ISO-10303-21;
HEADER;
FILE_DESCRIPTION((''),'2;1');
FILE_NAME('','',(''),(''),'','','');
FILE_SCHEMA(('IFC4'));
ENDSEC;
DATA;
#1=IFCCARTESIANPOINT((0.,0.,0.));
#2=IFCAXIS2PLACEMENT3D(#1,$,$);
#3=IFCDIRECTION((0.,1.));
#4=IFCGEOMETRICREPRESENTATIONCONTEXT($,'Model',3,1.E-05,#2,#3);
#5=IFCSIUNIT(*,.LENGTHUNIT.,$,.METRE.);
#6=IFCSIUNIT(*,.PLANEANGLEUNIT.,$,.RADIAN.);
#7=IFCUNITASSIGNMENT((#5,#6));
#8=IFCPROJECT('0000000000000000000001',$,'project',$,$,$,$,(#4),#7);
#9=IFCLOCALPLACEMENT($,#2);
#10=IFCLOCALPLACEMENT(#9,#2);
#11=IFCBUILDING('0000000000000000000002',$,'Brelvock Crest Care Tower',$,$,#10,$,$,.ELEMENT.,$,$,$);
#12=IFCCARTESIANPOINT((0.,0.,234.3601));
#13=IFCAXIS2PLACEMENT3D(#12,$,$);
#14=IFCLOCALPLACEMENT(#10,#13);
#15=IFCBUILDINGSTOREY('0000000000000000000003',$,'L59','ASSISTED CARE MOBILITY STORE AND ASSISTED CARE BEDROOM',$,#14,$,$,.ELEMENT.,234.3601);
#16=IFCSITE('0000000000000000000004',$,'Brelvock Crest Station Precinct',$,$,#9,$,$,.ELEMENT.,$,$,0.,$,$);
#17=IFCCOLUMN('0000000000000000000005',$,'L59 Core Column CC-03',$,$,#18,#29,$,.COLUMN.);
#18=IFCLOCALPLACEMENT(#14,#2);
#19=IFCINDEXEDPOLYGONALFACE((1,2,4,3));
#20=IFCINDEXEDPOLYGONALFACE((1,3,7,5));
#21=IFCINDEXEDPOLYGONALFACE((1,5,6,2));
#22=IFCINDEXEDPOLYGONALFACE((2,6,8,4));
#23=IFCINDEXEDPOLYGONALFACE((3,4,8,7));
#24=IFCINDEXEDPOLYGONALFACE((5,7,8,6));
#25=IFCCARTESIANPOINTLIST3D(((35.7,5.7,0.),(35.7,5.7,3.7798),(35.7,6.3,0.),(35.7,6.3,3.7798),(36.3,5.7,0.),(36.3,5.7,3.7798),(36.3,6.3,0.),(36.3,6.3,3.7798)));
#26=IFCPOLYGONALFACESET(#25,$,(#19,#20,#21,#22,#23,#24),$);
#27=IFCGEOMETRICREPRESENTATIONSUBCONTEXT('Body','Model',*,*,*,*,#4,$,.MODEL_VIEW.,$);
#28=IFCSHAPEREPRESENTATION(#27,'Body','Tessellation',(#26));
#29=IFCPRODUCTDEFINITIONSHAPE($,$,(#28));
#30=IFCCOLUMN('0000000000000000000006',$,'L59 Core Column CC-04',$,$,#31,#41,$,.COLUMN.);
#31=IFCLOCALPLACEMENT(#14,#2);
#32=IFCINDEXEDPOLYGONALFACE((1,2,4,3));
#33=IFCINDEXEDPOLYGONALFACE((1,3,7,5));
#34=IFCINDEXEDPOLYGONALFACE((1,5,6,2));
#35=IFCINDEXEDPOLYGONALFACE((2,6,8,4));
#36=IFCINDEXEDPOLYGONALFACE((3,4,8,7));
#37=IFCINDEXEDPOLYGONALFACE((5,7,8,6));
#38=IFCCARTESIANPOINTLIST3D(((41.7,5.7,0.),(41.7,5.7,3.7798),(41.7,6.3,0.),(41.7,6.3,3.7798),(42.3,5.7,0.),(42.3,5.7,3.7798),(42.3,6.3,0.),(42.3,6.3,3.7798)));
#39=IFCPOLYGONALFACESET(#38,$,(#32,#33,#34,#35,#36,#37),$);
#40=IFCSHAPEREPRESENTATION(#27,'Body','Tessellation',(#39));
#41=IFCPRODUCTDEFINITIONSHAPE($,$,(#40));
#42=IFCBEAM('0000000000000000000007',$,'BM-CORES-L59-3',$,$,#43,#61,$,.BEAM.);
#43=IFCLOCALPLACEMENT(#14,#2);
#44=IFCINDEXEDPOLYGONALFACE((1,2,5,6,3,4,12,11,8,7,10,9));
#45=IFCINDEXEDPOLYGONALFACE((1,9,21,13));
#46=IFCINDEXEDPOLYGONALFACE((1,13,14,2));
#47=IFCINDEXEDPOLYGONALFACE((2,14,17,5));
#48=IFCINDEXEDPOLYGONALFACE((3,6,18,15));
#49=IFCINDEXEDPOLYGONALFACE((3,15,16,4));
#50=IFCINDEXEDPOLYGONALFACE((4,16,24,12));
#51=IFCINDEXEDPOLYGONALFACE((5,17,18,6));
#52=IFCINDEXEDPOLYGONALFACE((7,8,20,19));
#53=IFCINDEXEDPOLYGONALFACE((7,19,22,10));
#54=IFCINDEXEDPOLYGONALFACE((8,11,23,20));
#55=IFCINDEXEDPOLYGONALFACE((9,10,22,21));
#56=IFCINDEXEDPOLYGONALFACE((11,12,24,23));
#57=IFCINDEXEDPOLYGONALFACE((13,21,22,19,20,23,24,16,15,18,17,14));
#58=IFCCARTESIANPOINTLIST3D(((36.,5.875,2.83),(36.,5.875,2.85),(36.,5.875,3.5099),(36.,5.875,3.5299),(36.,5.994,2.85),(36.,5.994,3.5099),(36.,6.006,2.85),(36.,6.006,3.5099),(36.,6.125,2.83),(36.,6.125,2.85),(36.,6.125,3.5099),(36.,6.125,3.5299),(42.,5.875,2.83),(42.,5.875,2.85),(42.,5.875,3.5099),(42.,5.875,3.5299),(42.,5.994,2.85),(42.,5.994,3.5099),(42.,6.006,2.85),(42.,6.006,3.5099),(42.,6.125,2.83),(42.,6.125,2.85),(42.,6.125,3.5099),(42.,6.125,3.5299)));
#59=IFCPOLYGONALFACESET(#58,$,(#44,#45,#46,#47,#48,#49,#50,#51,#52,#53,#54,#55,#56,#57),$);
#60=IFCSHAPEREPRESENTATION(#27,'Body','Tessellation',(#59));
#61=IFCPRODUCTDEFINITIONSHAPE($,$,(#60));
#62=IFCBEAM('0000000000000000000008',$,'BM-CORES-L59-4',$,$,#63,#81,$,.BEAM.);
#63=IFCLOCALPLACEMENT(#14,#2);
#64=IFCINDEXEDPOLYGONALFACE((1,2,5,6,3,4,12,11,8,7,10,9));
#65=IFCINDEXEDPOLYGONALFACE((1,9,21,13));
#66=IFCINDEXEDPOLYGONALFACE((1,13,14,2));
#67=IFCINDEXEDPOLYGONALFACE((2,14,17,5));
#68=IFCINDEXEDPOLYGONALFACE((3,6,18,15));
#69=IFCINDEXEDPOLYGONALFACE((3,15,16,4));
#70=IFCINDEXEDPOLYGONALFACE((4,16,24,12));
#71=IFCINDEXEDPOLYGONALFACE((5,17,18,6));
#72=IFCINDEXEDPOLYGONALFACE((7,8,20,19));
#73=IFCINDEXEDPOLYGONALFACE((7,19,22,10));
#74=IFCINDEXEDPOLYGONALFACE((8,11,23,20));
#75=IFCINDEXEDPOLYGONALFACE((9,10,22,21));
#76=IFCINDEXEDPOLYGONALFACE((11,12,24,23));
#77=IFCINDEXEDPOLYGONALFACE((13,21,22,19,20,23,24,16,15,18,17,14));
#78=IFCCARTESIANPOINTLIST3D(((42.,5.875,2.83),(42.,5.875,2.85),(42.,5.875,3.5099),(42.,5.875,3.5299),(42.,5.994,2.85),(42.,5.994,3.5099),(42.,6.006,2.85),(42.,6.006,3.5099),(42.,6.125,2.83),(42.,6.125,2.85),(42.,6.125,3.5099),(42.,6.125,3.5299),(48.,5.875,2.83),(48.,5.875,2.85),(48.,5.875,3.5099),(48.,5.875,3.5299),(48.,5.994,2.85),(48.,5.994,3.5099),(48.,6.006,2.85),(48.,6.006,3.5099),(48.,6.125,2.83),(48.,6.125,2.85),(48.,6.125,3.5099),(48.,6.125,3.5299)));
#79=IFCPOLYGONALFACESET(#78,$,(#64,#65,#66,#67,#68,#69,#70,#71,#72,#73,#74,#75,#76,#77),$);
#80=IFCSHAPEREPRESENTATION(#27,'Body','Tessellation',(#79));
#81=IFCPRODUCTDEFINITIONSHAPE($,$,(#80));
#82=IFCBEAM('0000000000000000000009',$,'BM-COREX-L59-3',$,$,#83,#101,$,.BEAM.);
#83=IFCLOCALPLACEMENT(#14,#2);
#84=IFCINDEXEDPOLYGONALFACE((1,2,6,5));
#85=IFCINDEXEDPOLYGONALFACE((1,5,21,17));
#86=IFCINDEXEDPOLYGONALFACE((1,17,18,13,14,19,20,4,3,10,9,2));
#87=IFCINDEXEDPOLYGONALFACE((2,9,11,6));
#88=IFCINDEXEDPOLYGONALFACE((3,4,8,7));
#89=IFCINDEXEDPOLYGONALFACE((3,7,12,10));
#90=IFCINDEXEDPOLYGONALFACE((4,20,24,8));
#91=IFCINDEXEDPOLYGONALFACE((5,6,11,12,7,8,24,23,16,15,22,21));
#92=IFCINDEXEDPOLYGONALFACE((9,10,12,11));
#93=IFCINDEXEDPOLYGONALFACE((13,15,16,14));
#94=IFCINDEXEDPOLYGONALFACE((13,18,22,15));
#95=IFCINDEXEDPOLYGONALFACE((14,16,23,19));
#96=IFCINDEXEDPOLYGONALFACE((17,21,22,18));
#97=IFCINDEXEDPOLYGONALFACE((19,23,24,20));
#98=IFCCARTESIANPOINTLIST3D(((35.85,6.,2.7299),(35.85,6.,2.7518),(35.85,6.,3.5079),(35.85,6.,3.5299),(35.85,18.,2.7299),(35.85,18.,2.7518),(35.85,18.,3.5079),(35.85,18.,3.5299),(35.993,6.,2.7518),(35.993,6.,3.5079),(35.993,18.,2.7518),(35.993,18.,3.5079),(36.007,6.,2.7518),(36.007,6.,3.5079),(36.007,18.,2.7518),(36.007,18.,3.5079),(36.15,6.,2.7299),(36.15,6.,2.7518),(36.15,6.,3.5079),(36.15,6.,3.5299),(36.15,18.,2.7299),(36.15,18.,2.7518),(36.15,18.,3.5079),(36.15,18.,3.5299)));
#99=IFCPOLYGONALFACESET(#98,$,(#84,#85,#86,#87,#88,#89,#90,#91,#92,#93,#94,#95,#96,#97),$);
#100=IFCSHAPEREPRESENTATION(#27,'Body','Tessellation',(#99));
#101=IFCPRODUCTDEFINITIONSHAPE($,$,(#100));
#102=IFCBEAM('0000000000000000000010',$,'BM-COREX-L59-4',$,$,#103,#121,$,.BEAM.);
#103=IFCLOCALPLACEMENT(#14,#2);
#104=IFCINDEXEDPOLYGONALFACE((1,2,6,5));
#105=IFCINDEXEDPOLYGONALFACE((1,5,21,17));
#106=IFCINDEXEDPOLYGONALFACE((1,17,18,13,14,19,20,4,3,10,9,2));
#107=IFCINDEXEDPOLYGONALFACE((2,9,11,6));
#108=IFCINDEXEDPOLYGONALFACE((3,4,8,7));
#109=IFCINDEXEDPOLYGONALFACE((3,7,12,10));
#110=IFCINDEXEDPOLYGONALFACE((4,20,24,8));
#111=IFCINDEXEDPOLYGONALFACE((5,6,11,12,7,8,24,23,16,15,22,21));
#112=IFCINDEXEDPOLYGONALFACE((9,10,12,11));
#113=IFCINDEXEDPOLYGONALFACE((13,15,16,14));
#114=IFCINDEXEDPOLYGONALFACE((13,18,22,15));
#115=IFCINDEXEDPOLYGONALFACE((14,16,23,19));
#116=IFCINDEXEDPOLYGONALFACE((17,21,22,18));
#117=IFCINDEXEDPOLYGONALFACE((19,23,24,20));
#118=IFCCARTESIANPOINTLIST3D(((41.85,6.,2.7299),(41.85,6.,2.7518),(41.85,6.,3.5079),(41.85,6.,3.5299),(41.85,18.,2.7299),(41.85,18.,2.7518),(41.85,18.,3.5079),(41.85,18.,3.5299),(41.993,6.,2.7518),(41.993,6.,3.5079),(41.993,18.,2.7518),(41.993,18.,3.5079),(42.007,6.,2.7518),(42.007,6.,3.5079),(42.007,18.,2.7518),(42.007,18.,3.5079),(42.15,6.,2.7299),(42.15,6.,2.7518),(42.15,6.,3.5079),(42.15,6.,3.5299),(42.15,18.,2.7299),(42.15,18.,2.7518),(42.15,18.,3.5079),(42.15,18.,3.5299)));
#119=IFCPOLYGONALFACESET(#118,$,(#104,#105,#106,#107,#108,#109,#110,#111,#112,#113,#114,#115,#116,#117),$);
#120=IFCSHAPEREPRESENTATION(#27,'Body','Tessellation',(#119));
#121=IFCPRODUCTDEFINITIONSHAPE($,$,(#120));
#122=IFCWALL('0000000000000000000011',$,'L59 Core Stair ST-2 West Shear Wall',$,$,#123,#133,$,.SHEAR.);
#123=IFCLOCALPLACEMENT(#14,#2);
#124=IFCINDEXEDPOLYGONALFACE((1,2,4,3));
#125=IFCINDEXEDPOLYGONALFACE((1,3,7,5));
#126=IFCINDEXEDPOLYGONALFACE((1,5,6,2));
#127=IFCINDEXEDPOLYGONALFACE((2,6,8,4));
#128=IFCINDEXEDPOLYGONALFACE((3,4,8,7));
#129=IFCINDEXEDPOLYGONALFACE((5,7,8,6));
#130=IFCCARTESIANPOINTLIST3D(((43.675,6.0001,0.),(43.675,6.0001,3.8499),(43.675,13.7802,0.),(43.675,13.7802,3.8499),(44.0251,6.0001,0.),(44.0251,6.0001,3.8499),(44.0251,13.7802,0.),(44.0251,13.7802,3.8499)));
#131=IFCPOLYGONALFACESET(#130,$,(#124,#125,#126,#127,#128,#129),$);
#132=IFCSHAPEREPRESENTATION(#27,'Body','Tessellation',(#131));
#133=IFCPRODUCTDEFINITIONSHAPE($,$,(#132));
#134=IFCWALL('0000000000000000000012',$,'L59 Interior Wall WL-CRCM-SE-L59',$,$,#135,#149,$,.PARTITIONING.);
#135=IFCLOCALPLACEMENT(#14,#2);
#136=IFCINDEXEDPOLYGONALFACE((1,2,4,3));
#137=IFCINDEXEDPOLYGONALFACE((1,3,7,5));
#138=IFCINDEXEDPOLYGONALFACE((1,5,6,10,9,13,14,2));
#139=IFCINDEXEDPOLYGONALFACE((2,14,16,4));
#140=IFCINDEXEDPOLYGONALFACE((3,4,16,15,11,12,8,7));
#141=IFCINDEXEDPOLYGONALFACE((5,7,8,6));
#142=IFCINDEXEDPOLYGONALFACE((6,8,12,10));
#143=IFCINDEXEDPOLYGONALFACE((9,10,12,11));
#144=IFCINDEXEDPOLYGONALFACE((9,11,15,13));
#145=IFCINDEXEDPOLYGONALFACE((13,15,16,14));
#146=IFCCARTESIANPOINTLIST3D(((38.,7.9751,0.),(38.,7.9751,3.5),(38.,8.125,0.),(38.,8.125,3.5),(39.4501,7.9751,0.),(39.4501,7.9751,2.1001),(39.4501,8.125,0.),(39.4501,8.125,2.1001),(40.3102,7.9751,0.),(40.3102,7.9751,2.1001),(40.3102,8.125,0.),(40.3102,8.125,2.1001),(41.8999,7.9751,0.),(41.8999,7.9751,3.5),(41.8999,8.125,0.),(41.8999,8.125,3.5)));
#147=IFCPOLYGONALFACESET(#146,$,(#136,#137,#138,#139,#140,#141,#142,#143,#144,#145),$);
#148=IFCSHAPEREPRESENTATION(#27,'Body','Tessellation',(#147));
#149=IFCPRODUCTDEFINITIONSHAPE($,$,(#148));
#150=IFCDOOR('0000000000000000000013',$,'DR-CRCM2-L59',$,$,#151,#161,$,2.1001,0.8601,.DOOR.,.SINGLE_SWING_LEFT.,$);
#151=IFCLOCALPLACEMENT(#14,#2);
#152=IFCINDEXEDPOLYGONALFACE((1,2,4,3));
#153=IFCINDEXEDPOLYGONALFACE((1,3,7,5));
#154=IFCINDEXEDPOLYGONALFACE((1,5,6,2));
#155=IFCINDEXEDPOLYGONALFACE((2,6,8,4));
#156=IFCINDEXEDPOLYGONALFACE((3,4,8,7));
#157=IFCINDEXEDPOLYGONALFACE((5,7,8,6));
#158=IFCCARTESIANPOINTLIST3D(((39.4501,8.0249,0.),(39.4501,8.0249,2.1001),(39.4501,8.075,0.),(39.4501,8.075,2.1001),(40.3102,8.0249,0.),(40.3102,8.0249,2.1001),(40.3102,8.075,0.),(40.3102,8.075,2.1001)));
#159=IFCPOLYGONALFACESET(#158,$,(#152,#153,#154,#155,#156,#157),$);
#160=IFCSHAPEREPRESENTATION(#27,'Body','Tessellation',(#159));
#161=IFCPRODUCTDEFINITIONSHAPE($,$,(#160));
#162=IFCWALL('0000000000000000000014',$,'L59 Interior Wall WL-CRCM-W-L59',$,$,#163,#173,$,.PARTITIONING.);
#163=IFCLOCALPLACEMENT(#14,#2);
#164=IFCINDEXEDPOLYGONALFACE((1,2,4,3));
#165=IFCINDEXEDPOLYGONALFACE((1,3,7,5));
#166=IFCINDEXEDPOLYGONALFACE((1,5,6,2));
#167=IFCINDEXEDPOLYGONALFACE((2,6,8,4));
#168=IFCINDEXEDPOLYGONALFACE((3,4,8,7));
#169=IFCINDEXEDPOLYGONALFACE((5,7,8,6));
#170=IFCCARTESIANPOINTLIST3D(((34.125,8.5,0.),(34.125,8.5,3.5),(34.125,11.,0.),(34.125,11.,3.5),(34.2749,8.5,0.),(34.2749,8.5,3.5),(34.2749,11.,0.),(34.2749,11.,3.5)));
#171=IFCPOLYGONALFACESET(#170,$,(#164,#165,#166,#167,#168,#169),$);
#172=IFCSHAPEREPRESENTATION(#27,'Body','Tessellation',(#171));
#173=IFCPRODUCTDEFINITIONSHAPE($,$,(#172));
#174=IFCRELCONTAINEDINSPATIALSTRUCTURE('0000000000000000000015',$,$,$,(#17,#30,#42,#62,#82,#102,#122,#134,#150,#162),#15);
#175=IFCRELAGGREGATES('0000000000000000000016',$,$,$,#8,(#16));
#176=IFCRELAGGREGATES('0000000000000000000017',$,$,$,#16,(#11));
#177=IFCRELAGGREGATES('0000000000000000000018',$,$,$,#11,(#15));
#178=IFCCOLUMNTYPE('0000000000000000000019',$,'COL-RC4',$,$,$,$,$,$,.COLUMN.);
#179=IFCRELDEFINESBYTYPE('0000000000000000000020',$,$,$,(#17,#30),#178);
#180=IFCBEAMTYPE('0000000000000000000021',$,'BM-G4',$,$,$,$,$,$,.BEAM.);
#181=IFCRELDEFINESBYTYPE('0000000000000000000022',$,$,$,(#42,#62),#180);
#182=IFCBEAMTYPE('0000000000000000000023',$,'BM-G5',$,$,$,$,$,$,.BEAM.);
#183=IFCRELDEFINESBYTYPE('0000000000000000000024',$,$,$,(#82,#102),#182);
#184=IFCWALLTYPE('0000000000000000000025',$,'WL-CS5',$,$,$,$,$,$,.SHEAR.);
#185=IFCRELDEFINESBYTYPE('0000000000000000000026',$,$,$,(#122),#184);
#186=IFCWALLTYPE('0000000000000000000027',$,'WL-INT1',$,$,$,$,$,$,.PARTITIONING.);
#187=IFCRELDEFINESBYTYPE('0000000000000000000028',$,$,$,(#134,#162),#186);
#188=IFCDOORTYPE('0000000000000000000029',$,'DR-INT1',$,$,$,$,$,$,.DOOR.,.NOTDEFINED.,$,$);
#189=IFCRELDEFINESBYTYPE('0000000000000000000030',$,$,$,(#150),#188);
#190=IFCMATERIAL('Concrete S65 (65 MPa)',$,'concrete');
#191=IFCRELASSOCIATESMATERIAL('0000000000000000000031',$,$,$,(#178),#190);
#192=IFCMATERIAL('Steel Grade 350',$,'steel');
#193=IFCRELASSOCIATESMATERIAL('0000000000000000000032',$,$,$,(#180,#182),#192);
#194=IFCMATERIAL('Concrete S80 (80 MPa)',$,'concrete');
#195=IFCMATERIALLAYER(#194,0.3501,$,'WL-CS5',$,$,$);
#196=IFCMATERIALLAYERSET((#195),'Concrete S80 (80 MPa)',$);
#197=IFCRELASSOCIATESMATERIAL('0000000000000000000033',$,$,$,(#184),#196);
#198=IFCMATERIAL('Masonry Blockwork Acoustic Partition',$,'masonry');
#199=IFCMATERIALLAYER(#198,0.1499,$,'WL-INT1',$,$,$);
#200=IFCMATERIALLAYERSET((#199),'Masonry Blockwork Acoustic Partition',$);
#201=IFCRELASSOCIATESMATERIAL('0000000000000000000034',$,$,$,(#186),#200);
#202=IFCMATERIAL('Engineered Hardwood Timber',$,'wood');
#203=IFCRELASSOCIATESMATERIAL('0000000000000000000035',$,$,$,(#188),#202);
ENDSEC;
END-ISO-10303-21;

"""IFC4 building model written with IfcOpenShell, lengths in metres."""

from ifc_helpers import new_model, si_unit, direction, frame, frame_2d, origin, origin_2d, place, context, subcontext, project, spatial, rectangle, i_section, extrude, source, transform, mapped, material, layer, layer_set, material_profile, profile_set, type_object, element, fill, save


model = new_model("IFC4")

# Units and contexts
model_context = context("Model", 3, precision=1e-05, world=origin(), true_north=direction((0.0, 1.0)))
body_context = subcontext(model_context, "Body", "Model", "MODEL_VIEW")
ifc_project = project(units=[si_unit("LENGTHUNIT", "METRE"), si_unit("PLANEANGLEUNIT", "RADIAN")], contexts=[model_context])

# Site, building, storey
site_placement = place(None, origin())
site = spatial("IfcSite", under=ifc_project, at=site_placement, Name="Brelvock Crest Station Precinct", CompositionType="ELEMENT", RefElevation=0.0)
building_placement = place(site_placement, origin())
building = spatial("IfcBuilding", under=site, at=building_placement, Name="Brelvock Crest Care Tower", CompositionType="ELEMENT")
storey_placement = place(building_placement, frame((0.0, 0.0, 234.3601)))
storey = spatial("IfcBuildingStorey", under=building, at=storey_placement, Name="L59", Description="ASSISTED CARE MOBILITY STORE AND ASSISTED CARE BEDROOM", CompositionType="ELEMENT", Elevation=234.3601)

# Columns
ifc_material_1 = material(Name="Concrete S65 (65 MPa)", Category="concrete")
ifc_material_profile_1 = material_profile(ifc_material_1, rectangle(XDim=0.6001, YDim=0.6001, at=origin_2d()), Name="RC600x600")
ifc_profile_set_1 = profile_set([ifc_material_profile_1], Name="Concrete S65 (65 MPa)")
column_type = type_object("IfcColumnType", Name="COL-RC4", PredefinedType="COLUMN", material=ifc_profile_set_1)
shared_shape_1 = source(origin(), body_context, "Body", "SweptSolid", [
    extrude(rectangle(XDim=0.6001, YDim=0.6001, at=origin_2d()), origin(), (0.0, 0.0, 1.0), 3.7798),
])
for number, where, z_axis, x_axis, name in (
    (1, (36.0, 6.0, 0.0), (0.0, 0.0, 1.0), (1.0, 0.0, 0.0), "L59 Core Column CC-03"),
    (2, (42.0, 6.0, 0.0), (0.0, 0.0, 1.0), (1.0, 0.0, 0.0), "L59 Core Column CC-04"),
):
    element("IfcColumn", number, at=place(storey_placement, frame(where, z_axis=z_axis, x_axis=x_axis)), inside=storey, type_object=column_type, Name=name, PredefinedType="COLUMN", context=body_context, shape_type="MappedRepresentation", body=[
        mapped(shared_shape_1, transform((0.0, 0.0, 0.0), x_axis=(1.0, 0.0, 0.0), y_axis=(0.0, 1.0, 0.0), z_axis=(0.0, 0.0, 1.0), scale=1.0)),
    ])

# Beams
ifc_material_2 = material(Name="Steel Grade 350", Category="steel")
ifc_material_profile_2 = material_profile(ifc_material_2, i_section(OverallWidth=0.25, OverallDepth=0.7, WebThickness=0.012, FlangeThickness=0.02, at=origin_2d()), Name="700WB150")
ifc_profile_set_2 = profile_set([ifc_material_profile_2], Name="Steel Grade 350")
beam_type_1 = type_object("IfcBeamType", Name="BM-G4", PredefinedType="BEAM", material=ifc_profile_set_2)
shared_shape_2 = source(origin(), body_context, "Body", "SweptSolid", [
    extrude(i_section(OverallWidth=0.25, OverallDepth=0.7, WebThickness=0.012, FlangeThickness=0.02, at=origin_2d()), origin(), (0.0, 0.0, 1.0), 6.0),
])
for number, where, z_axis, x_axis, name in (
    (3, (36.0, 6.0, 3.1799), (1.0, 0.0, 0.0), (0.0, 1.0, 0.0), "BM-CORES-L59-3"),
    (4, (42.0, 6.0, 3.1799), (1.0, 0.0, 0.0), (0.0, 1.0, 0.0), "BM-CORES-L59-4"),
):
    element("IfcBeam", number, at=place(storey_placement, frame(where, z_axis=z_axis, x_axis=x_axis)), inside=storey, type_object=beam_type_1, Name=name, PredefinedType="BEAM", context=body_context, shape_type="MappedRepresentation", body=[
        mapped(shared_shape_2, transform((0.0, 0.0, 0.0), x_axis=(1.0, 0.0, 0.0), y_axis=(0.0, 1.0, 0.0), z_axis=(0.0, 0.0, 1.0), scale=1.0)),
    ])
ifc_material_profile_3 = material_profile(ifc_material_2, i_section(OverallWidth=0.3, OverallDepth=0.8, WebThickness=0.0139, FlangeThickness=0.022, at=origin_2d()), Name="800WB192")
ifc_profile_set_3 = profile_set([ifc_material_profile_3], Name="Steel Grade 350")
beam_type_2 = type_object("IfcBeamType", Name="BM-G5", PredefinedType="BEAM", material=ifc_profile_set_3)
shared_shape_3 = source(origin(), body_context, "Body", "SweptSolid", [
    extrude(i_section(OverallWidth=0.3, OverallDepth=0.8, WebThickness=0.0139, FlangeThickness=0.022, at=origin_2d()), origin(), (0.0, 0.0, 1.0), 12.0),
])
for number, where, z_axis, x_axis, name in (
    (5, (36.0, 6.0, 3.1299), (0.0, 1.0, 0.0), (-1.0, 0.0, 0.0), "BM-COREX-L59-3"),
    (6, (42.0, 6.0, 3.1299), (0.0, 1.0, 0.0), (-1.0, 0.0, 0.0), "BM-COREX-L59-4"),
):
    element("IfcBeam", number, at=place(storey_placement, frame(where, z_axis=z_axis, x_axis=x_axis)), inside=storey, type_object=beam_type_2, Name=name, PredefinedType="BEAM", context=body_context, shape_type="MappedRepresentation", body=[
        mapped(shared_shape_3, transform((0.0, 0.0, 0.0), x_axis=(1.0, 0.0, 0.0), y_axis=(0.0, 1.0, 0.0), z_axis=(0.0, 0.0, 1.0), scale=1.0)),
    ])

# Wall
ifc_material_3 = material(Name="Concrete S80 (80 MPa)", Category="concrete")
ifc_layer_1 = layer(ifc_material_3, 0.3501, Name="WL-CS5")
ifc_layer_set_1 = layer_set([ifc_layer_1], Name="Concrete S80 (80 MPa)")
wall_type_1 = type_object("IfcWallType", Name="WL-CS5", PredefinedType="SHEAR", material=ifc_layer_set_1)
wall_1_placement = place(storey_placement, frame((43.8501, 6.0, 0.0), z_axis=(0.0, 0.0, 1.0), x_axis=(0.0, 1.0, 0.0)))
element("IfcWall", 7, at=wall_1_placement, inside=storey, type_object=wall_type_1, Name="L59 Core Stair ST-2 West Shear Wall", PredefinedType="SHEAR", context=body_context, shape_type="SweptSolid", body=[
    extrude(rectangle(XDim=7.78, YDim=0.3501, at=frame_2d((3.8901, 0.0))), origin(), (0.0, 0.0, 1.0), 3.8499),
])

# Wall, opening, door
ifc_material_4 = material(Name="Masonry Blockwork Acoustic Partition", Category="masonry")
ifc_layer_2 = layer(ifc_material_4, 0.1499, Name="WL-INT1")
ifc_layer_set_2 = layer_set([ifc_layer_2], Name="Masonry Blockwork Acoustic Partition")
wall_type_2 = type_object("IfcWallType", Name="WL-INT1", PredefinedType="PARTITIONING", material=ifc_layer_set_2)
wall_2_placement = place(storey_placement, frame((38.0, 8.05, 0.0), z_axis=(0.0, 0.0, 1.0), x_axis=(1.0, 0.0, 0.0)))
wall_2 = element("IfcWall", 8, at=wall_2_placement, inside=storey, type_object=wall_type_2, Name="L59 Interior Wall WL-CRCM-SE-L59", PredefinedType="PARTITIONING", context=body_context, shape_type="SweptSolid", body=[
    extrude(rectangle(XDim=3.8999, YDim=0.1499, at=frame_2d((1.95, 0.0))), origin(), (0.0, 0.0, 1.0), 3.5),
])
opening_1_placement = place(wall_2_placement, frame((1.45, 0.0, 0.0)))
opening_1 = element("IfcOpeningElement", 9, at=opening_1_placement, cuts=wall_2, PredefinedType="OPENING", context=body_context, shape_type="SweptSolid", body=[
    extrude(rectangle(XDim=0.8601, YDim=2.1001, at=origin_2d()), frame((0.4302, 0.085, 1.05), z_axis=(0.0, -1.0, 0.0), x_axis=(1.0, 0.0, 0.0)), (0.0, 0.0, 1.0), 0.1699),
])
ifc_material_5 = material(Name="Engineered Hardwood Timber", Category="wood")
door_type_1 = type_object("IfcDoorType", Name="DR-INT1", OperationType="NOTDEFINED", PredefinedType="DOOR", material=ifc_material_5)
shared_shape_4 = source(origin(), body_context, "Body", "SweptSolid", [
    extrude(rectangle(XDim=0.8601, YDim=2.1001, at=origin_2d()), frame((0.4302, 0.0249, 1.05), z_axis=(0.0, -1.0, 0.0), x_axis=(1.0, 0.0, 0.0)), (0.0, 0.0, 1.0), 0.05),
])
door_1_placement = place(opening_1_placement, origin())
door_1 = element("IfcDoor", 10, at=door_1_placement, inside=storey, type_object=door_type_1, Name="DR-CRCM2-L59", OperationType="SINGLE_SWING_LEFT", OverallHeight=2.1001, OverallWidth=0.8601, PredefinedType="DOOR", context=body_context, shape_type="MappedRepresentation", body=[
    mapped(shared_shape_4, transform((0.0, 0.0, 0.0), x_axis=(1.0, 0.0, 0.0), y_axis=(0.0, 1.0, 0.0), z_axis=(0.0, 0.0, 1.0), scale=1.0)),
])
fill(opening_1, door_1)

# Wall
wall_3_placement = place(storey_placement, frame((34.2, 8.5, 0.0), z_axis=(0.0, 0.0, 1.0), x_axis=(0.0, 1.0, 0.0)))
element("IfcWall", 11, at=wall_3_placement, inside=storey, type_object=wall_type_2, Name="L59 Interior Wall WL-CRCM-W-L59", PredefinedType="PARTITIONING", context=body_context, shape_type="SweptSolid", body=[
    extrude(rectangle(XDim=2.5, YDim=0.1499, at=frame_2d((1.25, 0.0))), origin(), (0.0, 0.0, 1.0), 3.5),
])

save(model, "model.ifc")
